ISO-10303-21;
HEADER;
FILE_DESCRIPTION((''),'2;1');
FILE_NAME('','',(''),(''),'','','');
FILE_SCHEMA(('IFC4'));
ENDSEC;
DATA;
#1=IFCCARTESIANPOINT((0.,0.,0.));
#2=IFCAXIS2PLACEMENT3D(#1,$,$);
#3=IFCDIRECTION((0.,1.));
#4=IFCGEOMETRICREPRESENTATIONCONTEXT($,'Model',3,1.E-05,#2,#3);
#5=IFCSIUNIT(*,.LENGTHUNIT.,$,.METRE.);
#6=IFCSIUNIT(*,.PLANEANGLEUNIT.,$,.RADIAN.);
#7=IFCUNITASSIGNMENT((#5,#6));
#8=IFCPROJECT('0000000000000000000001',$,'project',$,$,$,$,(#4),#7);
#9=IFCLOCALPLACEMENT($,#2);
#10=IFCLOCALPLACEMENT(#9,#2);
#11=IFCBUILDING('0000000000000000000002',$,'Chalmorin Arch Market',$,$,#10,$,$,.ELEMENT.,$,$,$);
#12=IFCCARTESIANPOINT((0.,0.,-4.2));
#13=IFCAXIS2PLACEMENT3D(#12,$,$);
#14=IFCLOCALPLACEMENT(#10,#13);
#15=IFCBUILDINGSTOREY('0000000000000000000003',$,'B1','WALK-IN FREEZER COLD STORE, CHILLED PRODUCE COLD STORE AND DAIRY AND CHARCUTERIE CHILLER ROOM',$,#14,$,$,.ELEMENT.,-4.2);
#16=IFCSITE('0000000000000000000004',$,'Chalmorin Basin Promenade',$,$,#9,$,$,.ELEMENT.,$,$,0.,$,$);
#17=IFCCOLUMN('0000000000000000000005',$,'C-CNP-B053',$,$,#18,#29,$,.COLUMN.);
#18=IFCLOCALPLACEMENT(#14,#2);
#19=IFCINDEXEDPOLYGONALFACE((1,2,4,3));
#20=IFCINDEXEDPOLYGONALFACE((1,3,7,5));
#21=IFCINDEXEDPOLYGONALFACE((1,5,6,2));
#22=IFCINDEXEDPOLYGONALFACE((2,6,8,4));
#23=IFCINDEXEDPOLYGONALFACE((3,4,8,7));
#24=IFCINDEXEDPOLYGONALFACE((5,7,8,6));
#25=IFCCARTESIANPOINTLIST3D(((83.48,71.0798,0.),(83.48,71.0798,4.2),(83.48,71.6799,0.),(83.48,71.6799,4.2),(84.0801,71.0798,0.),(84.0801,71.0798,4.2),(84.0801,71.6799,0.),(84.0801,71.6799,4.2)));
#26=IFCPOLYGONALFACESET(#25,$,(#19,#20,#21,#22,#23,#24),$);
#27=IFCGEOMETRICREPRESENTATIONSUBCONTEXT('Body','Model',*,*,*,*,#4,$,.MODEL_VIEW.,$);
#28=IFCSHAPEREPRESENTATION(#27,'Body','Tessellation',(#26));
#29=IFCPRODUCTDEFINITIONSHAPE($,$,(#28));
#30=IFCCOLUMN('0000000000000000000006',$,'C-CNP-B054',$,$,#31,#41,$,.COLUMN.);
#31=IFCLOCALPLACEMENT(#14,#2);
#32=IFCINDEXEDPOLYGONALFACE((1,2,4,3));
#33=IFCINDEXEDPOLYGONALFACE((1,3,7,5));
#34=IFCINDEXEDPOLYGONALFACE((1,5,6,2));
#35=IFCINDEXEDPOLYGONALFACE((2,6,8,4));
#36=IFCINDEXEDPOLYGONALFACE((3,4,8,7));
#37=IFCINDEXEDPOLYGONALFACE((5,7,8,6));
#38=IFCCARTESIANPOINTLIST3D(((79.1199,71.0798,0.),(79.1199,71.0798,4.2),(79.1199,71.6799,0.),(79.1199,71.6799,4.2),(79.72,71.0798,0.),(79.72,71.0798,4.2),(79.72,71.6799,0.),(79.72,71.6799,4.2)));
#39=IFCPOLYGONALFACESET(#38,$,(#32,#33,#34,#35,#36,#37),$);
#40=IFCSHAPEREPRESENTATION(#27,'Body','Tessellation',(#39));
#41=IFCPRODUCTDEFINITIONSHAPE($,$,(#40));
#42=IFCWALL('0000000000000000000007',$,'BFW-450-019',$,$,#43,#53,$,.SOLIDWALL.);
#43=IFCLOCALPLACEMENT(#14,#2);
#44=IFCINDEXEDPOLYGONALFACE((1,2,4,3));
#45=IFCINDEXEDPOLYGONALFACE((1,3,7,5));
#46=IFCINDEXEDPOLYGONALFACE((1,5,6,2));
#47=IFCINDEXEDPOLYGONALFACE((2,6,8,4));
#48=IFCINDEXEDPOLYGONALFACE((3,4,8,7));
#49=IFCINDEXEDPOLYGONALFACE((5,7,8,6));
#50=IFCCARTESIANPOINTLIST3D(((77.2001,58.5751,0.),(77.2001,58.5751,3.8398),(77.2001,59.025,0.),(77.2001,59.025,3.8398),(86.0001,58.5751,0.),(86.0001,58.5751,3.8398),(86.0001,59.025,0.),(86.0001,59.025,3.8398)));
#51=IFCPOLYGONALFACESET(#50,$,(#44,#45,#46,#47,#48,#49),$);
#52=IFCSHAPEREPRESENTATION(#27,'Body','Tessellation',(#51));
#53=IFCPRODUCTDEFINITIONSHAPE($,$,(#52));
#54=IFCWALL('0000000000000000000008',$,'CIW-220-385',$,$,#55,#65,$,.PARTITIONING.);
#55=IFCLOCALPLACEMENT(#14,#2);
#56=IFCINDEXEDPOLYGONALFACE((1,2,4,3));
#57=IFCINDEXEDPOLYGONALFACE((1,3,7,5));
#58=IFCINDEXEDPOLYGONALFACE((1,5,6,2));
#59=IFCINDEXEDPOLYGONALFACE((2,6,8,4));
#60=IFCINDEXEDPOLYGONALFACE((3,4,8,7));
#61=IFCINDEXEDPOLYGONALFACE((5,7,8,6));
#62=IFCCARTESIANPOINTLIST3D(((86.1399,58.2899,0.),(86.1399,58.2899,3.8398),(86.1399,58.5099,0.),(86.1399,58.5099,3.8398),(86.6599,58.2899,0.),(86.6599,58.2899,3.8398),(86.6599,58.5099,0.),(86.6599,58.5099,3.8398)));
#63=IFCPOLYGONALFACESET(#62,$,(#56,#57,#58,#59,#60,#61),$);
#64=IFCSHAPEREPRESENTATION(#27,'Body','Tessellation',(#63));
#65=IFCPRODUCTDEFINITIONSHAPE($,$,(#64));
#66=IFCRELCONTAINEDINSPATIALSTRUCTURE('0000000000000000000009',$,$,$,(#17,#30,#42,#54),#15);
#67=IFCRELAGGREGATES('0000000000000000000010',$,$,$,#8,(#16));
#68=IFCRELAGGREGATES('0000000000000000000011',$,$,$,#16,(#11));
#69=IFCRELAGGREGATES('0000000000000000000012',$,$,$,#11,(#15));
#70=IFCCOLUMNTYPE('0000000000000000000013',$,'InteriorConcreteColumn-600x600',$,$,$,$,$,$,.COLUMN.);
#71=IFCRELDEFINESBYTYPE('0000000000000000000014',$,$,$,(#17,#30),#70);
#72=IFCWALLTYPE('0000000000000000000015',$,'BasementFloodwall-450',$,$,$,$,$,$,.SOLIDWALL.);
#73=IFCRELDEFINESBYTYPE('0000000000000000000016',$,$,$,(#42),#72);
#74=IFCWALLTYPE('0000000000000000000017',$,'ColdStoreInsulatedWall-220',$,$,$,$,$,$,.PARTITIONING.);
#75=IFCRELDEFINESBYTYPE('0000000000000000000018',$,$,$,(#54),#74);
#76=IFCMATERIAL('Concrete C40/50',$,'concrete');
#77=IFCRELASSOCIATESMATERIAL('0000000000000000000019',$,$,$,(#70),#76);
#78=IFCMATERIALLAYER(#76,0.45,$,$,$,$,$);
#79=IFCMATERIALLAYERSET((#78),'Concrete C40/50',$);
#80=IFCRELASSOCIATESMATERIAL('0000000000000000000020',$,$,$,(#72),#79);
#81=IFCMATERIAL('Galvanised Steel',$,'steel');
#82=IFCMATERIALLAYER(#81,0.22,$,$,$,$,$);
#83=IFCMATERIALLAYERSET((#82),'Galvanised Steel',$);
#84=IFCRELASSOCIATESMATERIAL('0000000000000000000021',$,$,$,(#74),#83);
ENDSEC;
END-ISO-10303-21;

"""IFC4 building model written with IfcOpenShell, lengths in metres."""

from ifc_helpers import new_model, si_unit, direction, frame, frame_2d, origin, origin_2d, place, context, subcontext, project, spatial, rectangle, extrude, material, layer, layer_set, material_profile, profile_set, type_object, element, save


model = new_model("IFC4")

# Units and contexts
model_context = context("Model", 3, precision=1e-05, world=origin(), true_north=direction((0.0, 1.0)))
body_context = subcontext(model_context, "Body", "Model", "MODEL_VIEW")
ifc_project = project(units=[si_unit("LENGTHUNIT", "METRE"), si_unit("PLANEANGLEUNIT", "RADIAN")], contexts=[model_context])

# Site, building, storey
site_placement = place(None, origin())
site = spatial("IfcSite", under=ifc_project, at=site_placement, Name="Chalmorin Basin Promenade", CompositionType="ELEMENT", RefElevation=0.0)
building_placement = place(site_placement, origin())
building = spatial("IfcBuilding", under=site, at=building_placement, Name="Chalmorin Arch Market", CompositionType="ELEMENT")
storey_placement = place(building_placement, frame((0.0, 0.0, -4.2)))
storey = spatial("IfcBuildingStorey", under=building, at=storey_placement, Name="B1", Description="WALK-IN FREEZER COLD STORE, CHILLED PRODUCE COLD STORE AND DAIRY AND CHARCUTERIE CHILLER ROOM", CompositionType="ELEMENT", Elevation=-4.2)

# Shared definitions
ifc_material_1 = material(Name="Concrete C40/50", Category="concrete")

# Columns
ifc_material_profile_1 = material_profile(ifc_material_1, rectangle(XDim=0.6001, YDim=0.6001, at=origin_2d()), Name="RC600X600")
ifc_profile_set_1 = profile_set([ifc_material_profile_1], Name="Concrete C40/50")
column_type_1 = type_object("IfcColumnType", Name="InteriorConcreteColumn-600x600", PredefinedType="COLUMN", material=ifc_profile_set_1)
for number, where, z_axis, x_axis, name in (
    (1, (83.78, 71.3799, 0.0), (0.0, 0.0, 1.0), (1.0, 0.0, 0.0), "C-CNP-B053"),
    (2, (79.4199, 71.3799, 0.0), (0.0, 0.0, 1.0), (1.0, 0.0, 0.0), "C-CNP-B054"),
):
    element("IfcColumn", number, at=place(storey_placement, frame(where, z_axis=z_axis, x_axis=x_axis)), inside=storey, type_object=column_type_1, Name=name, PredefinedType="COLUMN", context=body_context, shape_type="SweptSolid", body=[
        extrude(rectangle(XDim=0.6001, YDim=0.6001, at=origin_2d()), origin(), (0.0, 0.0, 1.0), 4.2),
    ])

# Walls
ifc_layer_1 = layer(ifc_material_1, 0.45)
ifc_layer_set_1 = layer_set([ifc_layer_1], Name="Concrete C40/50")
wall_type_1 = type_object("IfcWallType", Name="BasementFloodwall-450", PredefinedType="SOLIDWALL", material=ifc_layer_set_1)
wall_1_placement = place(storey_placement, frame((86.0, 58.8, 0.0), z_axis=(0.0, 0.0, 1.0), x_axis=(-1.0, 0.0, 0.0)))
element("IfcWall", 3, at=wall_1_placement, inside=storey, type_object=wall_type_1, Name="BFW-450-019", PredefinedType="SOLIDWALL", context=body_context, shape_type="SweptSolid", body=[
    extrude(rectangle(XDim=8.8, YDim=0.45, at=frame_2d((4.3999, 0.0))), origin(), (0.0, 0.0, 1.0), 3.8398),
])
ifc_material_2 = material(Name="Galvanised Steel", Category="steel")
ifc_layer_2 = layer(ifc_material_2, 0.22)
ifc_layer_set_2 = layer_set([ifc_layer_2], Name="Galvanised Steel")
wall_type_2 = type_object("IfcWallType", Name="ColdStoreInsulatedWall-220", PredefinedType="PARTITIONING", material=ifc_layer_set_2)
wall_2_placement = place(storey_placement, frame((86.1399, 58.3999, 0.0), z_axis=(0.0, 0.0, 1.0), x_axis=(1.0, 0.0, 0.0)))
element("IfcWall", 4, at=wall_2_placement, inside=storey, type_object=wall_type_2, Name="CIW-220-385", PredefinedType="PARTITIONING", context=body_context, shape_type="SweptSolid", body=[
    extrude(rectangle(XDim=0.52, YDim=0.22, at=frame_2d((0.26, 0.0))), origin(), (0.0, 0.0, 1.0), 3.8398),
])

save(model, "model.ifc")
